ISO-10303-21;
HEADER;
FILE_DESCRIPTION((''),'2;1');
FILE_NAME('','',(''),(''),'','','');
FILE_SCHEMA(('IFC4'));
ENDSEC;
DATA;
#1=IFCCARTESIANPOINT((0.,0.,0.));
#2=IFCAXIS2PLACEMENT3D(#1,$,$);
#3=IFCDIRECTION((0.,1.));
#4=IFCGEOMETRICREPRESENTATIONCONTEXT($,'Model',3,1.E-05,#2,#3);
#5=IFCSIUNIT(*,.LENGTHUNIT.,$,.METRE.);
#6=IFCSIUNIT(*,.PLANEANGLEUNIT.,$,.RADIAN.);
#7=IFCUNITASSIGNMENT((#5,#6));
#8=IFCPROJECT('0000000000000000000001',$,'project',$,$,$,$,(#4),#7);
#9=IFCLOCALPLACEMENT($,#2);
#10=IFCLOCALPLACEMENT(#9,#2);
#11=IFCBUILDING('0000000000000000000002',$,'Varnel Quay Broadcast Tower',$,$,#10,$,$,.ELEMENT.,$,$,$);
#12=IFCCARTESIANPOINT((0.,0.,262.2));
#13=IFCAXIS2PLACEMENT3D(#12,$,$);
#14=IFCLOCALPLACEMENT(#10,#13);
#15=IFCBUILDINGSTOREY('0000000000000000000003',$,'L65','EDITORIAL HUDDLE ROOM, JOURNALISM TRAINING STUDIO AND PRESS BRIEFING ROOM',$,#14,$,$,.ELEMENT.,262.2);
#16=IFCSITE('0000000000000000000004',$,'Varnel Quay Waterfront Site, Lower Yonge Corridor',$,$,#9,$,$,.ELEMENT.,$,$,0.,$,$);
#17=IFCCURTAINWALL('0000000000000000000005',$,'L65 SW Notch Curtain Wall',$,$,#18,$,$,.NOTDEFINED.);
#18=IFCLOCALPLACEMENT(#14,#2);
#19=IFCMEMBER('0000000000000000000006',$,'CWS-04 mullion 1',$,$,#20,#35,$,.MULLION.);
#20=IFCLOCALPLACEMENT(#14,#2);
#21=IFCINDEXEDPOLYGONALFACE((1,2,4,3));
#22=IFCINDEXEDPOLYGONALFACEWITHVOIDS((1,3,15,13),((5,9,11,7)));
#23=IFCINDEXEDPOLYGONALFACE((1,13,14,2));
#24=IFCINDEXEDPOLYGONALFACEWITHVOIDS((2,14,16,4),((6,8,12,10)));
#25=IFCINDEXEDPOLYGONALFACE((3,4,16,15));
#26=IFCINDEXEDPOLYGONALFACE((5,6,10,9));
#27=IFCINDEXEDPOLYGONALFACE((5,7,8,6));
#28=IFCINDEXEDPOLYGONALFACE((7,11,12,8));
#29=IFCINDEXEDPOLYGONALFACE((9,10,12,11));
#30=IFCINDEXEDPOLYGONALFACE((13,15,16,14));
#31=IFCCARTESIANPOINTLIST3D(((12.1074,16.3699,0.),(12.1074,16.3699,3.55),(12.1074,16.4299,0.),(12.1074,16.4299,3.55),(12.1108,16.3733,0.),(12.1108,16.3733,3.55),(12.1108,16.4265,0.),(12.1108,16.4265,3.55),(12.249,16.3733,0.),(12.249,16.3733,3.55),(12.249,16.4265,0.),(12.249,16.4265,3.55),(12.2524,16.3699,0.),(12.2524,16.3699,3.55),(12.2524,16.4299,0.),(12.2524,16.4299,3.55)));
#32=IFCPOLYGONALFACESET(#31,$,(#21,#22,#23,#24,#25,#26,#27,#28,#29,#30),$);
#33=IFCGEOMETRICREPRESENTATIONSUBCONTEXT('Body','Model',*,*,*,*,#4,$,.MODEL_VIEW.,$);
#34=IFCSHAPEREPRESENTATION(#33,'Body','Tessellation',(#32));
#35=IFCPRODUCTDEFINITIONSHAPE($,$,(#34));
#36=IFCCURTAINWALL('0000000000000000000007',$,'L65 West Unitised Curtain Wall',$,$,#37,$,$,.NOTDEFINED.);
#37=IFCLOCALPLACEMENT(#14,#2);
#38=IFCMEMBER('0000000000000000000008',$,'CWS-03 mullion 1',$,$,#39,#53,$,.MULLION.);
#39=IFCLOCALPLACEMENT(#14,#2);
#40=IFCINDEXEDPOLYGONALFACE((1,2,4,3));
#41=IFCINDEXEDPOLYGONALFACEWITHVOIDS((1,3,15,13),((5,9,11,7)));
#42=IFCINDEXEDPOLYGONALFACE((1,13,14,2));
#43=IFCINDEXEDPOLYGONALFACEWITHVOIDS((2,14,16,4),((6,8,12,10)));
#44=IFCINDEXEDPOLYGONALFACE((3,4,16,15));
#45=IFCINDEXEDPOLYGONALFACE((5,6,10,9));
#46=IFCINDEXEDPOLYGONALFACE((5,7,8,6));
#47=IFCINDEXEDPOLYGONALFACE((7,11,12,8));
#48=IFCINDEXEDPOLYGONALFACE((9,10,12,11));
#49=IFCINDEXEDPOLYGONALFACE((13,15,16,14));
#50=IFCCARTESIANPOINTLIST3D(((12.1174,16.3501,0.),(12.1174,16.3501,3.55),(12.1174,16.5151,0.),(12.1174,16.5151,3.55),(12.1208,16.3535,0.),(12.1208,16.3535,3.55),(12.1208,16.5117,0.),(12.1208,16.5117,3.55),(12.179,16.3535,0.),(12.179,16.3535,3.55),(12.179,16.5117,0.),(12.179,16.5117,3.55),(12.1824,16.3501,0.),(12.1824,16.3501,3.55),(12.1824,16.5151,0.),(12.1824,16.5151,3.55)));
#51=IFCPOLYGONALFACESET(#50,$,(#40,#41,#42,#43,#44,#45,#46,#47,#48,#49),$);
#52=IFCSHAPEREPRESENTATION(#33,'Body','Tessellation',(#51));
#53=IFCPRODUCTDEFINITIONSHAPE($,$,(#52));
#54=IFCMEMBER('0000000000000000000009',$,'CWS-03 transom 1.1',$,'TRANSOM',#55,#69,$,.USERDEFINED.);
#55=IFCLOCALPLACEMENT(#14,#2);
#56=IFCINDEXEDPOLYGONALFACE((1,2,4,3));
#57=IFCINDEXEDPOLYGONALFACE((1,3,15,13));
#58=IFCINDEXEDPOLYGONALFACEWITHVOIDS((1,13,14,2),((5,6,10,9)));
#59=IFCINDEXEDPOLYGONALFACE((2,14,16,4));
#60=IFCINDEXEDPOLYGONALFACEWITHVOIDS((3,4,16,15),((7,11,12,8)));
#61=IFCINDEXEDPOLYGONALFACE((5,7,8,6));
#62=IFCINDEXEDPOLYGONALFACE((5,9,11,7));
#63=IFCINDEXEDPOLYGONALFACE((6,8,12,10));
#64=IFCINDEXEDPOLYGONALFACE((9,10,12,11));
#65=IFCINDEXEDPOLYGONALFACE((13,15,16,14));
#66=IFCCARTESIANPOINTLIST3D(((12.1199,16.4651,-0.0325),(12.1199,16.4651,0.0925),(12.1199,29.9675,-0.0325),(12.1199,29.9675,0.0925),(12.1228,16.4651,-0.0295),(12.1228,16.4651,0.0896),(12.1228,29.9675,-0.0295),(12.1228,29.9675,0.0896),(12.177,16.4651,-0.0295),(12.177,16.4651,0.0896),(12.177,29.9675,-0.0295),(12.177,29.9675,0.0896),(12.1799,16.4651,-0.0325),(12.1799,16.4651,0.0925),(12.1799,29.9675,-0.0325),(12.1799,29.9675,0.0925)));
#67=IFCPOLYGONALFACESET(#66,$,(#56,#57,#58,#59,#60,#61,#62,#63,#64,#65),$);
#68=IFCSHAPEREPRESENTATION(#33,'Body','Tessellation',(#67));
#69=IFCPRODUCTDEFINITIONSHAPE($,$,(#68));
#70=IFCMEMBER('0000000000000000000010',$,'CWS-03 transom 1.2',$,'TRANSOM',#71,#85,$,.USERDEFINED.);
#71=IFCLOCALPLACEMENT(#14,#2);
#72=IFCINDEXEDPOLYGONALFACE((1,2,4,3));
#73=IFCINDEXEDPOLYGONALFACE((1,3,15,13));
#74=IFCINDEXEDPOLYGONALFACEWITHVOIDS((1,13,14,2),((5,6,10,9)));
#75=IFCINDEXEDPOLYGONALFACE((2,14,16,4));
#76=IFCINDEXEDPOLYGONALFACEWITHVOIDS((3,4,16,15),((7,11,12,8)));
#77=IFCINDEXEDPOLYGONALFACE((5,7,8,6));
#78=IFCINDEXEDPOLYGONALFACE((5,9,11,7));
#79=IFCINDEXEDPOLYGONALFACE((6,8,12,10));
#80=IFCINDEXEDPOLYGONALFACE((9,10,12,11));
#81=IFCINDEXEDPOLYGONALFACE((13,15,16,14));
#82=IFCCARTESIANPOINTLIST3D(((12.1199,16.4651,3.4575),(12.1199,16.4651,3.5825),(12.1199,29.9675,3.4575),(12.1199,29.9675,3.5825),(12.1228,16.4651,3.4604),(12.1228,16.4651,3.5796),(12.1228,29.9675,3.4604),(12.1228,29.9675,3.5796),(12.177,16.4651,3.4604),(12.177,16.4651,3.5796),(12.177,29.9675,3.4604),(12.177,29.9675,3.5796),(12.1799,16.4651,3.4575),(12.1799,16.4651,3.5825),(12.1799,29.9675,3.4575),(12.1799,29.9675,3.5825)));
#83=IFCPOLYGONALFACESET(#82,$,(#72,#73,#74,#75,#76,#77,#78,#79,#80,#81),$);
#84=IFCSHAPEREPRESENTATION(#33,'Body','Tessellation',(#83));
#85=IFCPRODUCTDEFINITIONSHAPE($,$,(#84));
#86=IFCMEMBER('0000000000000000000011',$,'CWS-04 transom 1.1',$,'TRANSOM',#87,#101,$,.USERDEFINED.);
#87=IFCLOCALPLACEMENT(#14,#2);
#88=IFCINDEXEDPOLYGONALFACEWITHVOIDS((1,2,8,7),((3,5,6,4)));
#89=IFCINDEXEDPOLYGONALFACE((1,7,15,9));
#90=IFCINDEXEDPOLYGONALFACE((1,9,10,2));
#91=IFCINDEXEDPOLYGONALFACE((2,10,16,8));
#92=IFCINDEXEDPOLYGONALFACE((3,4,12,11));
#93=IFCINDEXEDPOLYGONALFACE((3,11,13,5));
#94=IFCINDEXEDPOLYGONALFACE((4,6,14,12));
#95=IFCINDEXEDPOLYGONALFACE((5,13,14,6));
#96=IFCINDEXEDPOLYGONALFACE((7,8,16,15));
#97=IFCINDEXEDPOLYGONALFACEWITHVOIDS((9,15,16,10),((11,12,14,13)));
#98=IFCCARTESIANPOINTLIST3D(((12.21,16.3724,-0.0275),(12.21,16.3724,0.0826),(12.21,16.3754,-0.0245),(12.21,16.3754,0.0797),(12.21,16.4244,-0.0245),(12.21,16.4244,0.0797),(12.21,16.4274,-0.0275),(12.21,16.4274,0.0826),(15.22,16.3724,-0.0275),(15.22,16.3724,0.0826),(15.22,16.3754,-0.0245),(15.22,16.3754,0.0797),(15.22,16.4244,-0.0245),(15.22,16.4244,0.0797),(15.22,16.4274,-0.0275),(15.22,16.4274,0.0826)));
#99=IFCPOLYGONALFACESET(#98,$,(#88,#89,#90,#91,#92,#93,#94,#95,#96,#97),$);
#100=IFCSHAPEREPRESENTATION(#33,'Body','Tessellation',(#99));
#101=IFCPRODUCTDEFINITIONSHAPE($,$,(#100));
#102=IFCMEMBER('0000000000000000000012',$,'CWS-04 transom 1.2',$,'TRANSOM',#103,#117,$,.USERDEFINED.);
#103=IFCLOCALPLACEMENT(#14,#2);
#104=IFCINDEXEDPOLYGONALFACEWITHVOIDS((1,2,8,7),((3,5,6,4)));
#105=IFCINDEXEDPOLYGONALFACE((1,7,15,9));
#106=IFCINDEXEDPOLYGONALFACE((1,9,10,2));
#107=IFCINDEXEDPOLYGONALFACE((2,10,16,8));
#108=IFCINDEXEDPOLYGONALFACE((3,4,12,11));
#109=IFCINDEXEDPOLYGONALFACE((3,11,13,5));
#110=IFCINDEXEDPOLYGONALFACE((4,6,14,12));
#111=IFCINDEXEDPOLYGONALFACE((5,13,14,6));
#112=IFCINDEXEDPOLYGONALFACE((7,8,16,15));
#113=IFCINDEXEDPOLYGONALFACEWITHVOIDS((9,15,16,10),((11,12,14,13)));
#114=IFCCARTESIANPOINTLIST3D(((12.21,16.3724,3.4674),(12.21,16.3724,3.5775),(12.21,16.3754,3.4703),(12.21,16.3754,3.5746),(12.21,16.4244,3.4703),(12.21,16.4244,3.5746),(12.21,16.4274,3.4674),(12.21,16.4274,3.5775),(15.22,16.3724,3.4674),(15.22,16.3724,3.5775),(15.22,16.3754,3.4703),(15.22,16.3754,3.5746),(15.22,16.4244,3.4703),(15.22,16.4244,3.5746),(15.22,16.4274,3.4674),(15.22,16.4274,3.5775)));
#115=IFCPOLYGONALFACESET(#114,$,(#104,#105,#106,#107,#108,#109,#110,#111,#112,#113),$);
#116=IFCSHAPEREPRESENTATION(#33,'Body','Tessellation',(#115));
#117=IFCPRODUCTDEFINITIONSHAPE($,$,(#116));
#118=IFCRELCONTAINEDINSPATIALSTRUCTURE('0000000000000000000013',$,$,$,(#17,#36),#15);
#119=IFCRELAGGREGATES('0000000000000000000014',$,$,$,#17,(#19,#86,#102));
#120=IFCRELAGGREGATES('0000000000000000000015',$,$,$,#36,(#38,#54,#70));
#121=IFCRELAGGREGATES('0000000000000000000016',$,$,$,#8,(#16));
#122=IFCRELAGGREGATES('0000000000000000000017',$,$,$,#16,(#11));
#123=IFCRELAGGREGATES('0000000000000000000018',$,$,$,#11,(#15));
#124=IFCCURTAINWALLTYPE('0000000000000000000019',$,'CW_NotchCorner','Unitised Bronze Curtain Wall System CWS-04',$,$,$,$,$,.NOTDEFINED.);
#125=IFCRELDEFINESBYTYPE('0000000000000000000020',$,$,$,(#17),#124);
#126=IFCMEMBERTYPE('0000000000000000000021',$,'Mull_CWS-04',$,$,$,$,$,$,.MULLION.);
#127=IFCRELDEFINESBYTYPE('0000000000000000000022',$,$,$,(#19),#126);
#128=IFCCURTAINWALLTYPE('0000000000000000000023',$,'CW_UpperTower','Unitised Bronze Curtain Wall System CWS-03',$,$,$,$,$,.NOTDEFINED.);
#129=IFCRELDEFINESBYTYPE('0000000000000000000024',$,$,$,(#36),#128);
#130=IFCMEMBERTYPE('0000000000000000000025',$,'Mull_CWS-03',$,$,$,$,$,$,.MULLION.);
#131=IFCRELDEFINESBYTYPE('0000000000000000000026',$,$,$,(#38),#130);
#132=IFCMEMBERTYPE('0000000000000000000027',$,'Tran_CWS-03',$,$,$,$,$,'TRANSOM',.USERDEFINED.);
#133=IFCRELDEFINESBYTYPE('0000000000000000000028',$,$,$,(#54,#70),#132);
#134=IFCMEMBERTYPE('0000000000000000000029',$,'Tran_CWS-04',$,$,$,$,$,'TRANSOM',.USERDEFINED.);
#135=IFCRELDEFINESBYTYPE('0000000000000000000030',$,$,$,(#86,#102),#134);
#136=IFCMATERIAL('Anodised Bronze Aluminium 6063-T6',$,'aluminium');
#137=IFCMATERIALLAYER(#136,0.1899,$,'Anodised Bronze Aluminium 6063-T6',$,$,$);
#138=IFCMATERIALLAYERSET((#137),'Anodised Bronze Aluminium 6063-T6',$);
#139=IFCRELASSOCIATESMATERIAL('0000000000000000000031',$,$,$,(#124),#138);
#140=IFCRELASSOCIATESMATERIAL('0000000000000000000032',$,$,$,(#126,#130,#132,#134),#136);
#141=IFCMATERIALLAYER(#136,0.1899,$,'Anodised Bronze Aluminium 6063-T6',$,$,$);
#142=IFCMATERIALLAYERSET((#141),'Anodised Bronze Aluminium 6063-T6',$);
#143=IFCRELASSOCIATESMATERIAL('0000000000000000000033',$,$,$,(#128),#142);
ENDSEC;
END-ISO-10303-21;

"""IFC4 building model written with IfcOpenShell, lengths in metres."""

from ifc_helpers import new_model, si_unit, direction, frame, origin, origin_2d, place, context, subcontext, project, spatial, hollow_rectangle, extrude, source, transform, mapped, material, layer, layer_set, material_profile, profile_set, type_object, type_shapes, element, aggregate, save


model = new_model("IFC4")

# Units and contexts
model_context = context("Model", 3, precision=1e-05, world=origin(), true_north=direction((0.0, 1.0)))
body_context = subcontext(model_context, "Body", "Model", "MODEL_VIEW")
ifc_project = project(units=[si_unit("LENGTHUNIT", "METRE"), si_unit("PLANEANGLEUNIT", "RADIAN")], contexts=[model_context])

# Site, building, storey
site_placement = place(None, origin())
site = spatial("IfcSite", under=ifc_project, at=site_placement, Name="Varnel Quay Waterfront Site, Lower Yonge Corridor", CompositionType="ELEMENT", RefElevation=0.0)
building_placement = place(site_placement, origin())
building = spatial("IfcBuilding", under=site, at=building_placement, Name="Varnel Quay Broadcast Tower", CompositionType="ELEMENT")
storey_placement = place(building_placement, frame((0.0, 0.0, 262.2)))
storey = spatial("IfcBuildingStorey", under=building, at=storey_placement, Name="L65", Description="EDITORIAL HUDDLE ROOM, JOURNALISM TRAINING STUDIO AND PRESS BRIEFING ROOM", CompositionType="ELEMENT", Elevation=262.2)

# Curtain wall, member
ifc_material_1 = material(Name="Anodised Bronze Aluminium 6063-T6", Category="aluminium")
ifc_layer_1 = layer(ifc_material_1, 0.1899, Name="Anodised Bronze Aluminium 6063-T6")
ifc_layer_set_1 = layer_set([ifc_layer_1], Name="Anodised Bronze Aluminium 6063-T6")
curtain_wall_type_1 = type_object("IfcCurtainWallType", Name="CW_NotchCorner", Description="Unitised Bronze Curtain Wall System CWS-04", PredefinedType="NOTDEFINED", material=ifc_layer_set_1)
curtain_wall_1_placement = place(storey_placement, origin())
curtain_wall_1 = element("IfcCurtainWall", 1, at=curtain_wall_1_placement, inside=storey, type_object=curtain_wall_type_1, Name="L65 SW Notch Curtain Wall", PredefinedType="NOTDEFINED")
ifc_material_profile_1 = material_profile(ifc_material_1, hollow_rectangle(XDim=0.0601, YDim=0.145, WallThickness=0.0034, at=origin_2d()), Name="ALU60X145X3.5")
ifc_profile_set_1 = profile_set([ifc_material_profile_1], Name="Anodised Bronze Aluminium 6063-T6")
member_type_1 = type_object("IfcMemberType", Name="Mull_CWS-04", PredefinedType="MULLION", material=ifc_profile_set_1)
shared_shape_1 = source(origin(), body_context, "Body", "SweptSolid", [
    extrude(hollow_rectangle(XDim=0.0601, YDim=0.145, WallThickness=0.0034, at=origin_2d()), origin(), (0.0, 0.0, 1.0), 3.55),
])
type_shapes(member_type_1, [shared_shape_1])
member_1_placement = place(storey_placement, frame((12.1799, 16.3999, 0.0), z_axis=(0.0, 0.0, 1.0), x_axis=(0.0, 1.0, 0.0)))
member_1 = element("IfcMember", 2, at=member_1_placement, type_object=member_type_1, Name="CWS-04 mullion 1", PredefinedType="MULLION", context=body_context, shape_type="MappedRepresentation", body=[
    mapped(shared_shape_1, transform((0.0, 0.0, 0.0), x_axis=(1.0, 0.0, 0.0), y_axis=(0.0, 1.0, 0.0), z_axis=(0.0, 0.0, 1.0), scale=1.0)),
])

# Curtain wall, members
ifc_layer_2 = layer(ifc_material_1, 0.1899, Name="Anodised Bronze Aluminium 6063-T6")
ifc_layer_set_2 = layer_set([ifc_layer_2], Name="Anodised Bronze Aluminium 6063-T6")
curtain_wall_type_2 = type_object("IfcCurtainWallType", Name="CW_UpperTower", Description="Unitised Bronze Curtain Wall System CWS-03", PredefinedType="NOTDEFINED", material=ifc_layer_set_2)
curtain_wall_2_placement = place(storey_placement, origin())
curtain_wall_2 = element("IfcCurtainWall", 3, at=curtain_wall_2_placement, inside=storey, type_object=curtain_wall_type_2, Name="L65 West Unitised Curtain Wall", PredefinedType="NOTDEFINED")
ifc_material_profile_2 = material_profile(ifc_material_1, hollow_rectangle(XDim=0.0649, YDim=0.165, WallThickness=0.0034, at=origin_2d()), Name="ALU65X165X3.5")
ifc_profile_set_2 = profile_set([ifc_material_profile_2], Name="Anodised Bronze Aluminium 6063-T6")
member_type_2 = type_object("IfcMemberType", Name="Mull_CWS-03", PredefinedType="MULLION", material=ifc_profile_set_2)
shared_shape_2 = source(origin(), body_context, "Body", "SweptSolid", [
    extrude(hollow_rectangle(XDim=0.0649, YDim=0.165, WallThickness=0.0034, at=origin_2d()), origin(), (0.0, 0.0, 1.0), 3.55),
])
type_shapes(member_type_2, [shared_shape_2])
member_2_placement = place(storey_placement, frame((12.1499, 16.4326, 0.0), z_axis=(0.0, 0.0, 1.0), x_axis=(-1.0, 0.0, 0.0)))
member_2 = element("IfcMember", 4, at=member_2_placement, type_object=member_type_2, Name="CWS-03 mullion 1", PredefinedType="MULLION", context=body_context, shape_type="MappedRepresentation", body=[
    mapped(shared_shape_2, transform((0.0, 0.0, 0.0), x_axis=(1.0, 0.0, 0.0), y_axis=(0.0, 1.0, 0.0), z_axis=(0.0, 0.0, 1.0), scale=1.0)),
])
ifc_material_profile_3 = material_profile(ifc_material_1, hollow_rectangle(XDim=0.0601, YDim=0.125, WallThickness=0.0029, at=origin_2d()), Name="ALU60X125X3")
ifc_profile_set_3 = profile_set([ifc_material_profile_3], Name="Anodised Bronze Aluminium 6063-T6")
member_type_3 = type_object("IfcMemberType", Name="Tran_CWS-03", ElementType="TRANSOM", PredefinedType="USERDEFINED", material=ifc_profile_set_3)
shared_shape_3 = source(origin(), body_context, "Body", "SweptSolid", [
    extrude(hollow_rectangle(XDim=0.0601, YDim=0.125, WallThickness=0.0029, at=origin_2d()), origin(), (0.0, 0.0, 1.0), 13.5024),
])
type_shapes(member_type_3, [shared_shape_3])
member_3_placement = place(storey_placement, frame((12.1499, 16.4651, 0.03), z_axis=(0.0, 1.0, 0.0), x_axis=(-1.0, 0.0, 0.0)))
member_3 = element("IfcMember", 5, at=member_3_placement, type_object=member_type_3, Name="CWS-03 transom 1.1", ObjectType="TRANSOM", PredefinedType="USERDEFINED", context=body_context, shape_type="MappedRepresentation", body=[
    mapped(shared_shape_3, transform((0.0, 0.0, 0.0), x_axis=(1.0, 0.0, 0.0), y_axis=(0.0, 1.0, 0.0), z_axis=(0.0, 0.0, 1.0), scale=1.0)),
])
member_4_placement = place(storey_placement, frame((12.1499, 16.4651, 3.52), z_axis=(0.0, 1.0, 0.0), x_axis=(-1.0, 0.0, 0.0)))
member_4 = element("IfcMember", 6, at=member_4_placement, type_object=member_type_3, Name="CWS-03 transom 1.2", ObjectType="TRANSOM", PredefinedType="USERDEFINED", context=body_context, shape_type="MappedRepresentation", body=[
    mapped(shared_shape_3, transform((0.0, 0.0, 0.0), x_axis=(1.0, 0.0, 0.0), y_axis=(0.0, 1.0, 0.0), z_axis=(0.0, 0.0, 1.0), scale=1.0)),
])

# Members
ifc_material_profile_4 = material_profile(ifc_material_1, hollow_rectangle(XDim=0.0549, YDim=0.1101, WallThickness=0.0029, at=origin_2d()), Name="ALU55X110X3")
ifc_profile_set_4 = profile_set([ifc_material_profile_4], Name="Anodised Bronze Aluminium 6063-T6")
member_type_4 = type_object("IfcMemberType", Name="Tran_CWS-04", ElementType="TRANSOM", PredefinedType="USERDEFINED", material=ifc_profile_set_4)
shared_shape_4 = source(origin(), body_context, "Body", "SweptSolid", [
    extrude(hollow_rectangle(XDim=0.0549, YDim=0.1101, WallThickness=0.0029, at=origin_2d()), origin(), (0.0, 0.0, 1.0), 3.01),
])
type_shapes(member_type_4, [shared_shape_4])
member_5_placement = place(storey_placement, frame((12.21, 16.3999, 0.0276), z_axis=(1.0, 0.0, 0.0), x_axis=(0.0, 1.0, 0.0)))
member_5 = element("IfcMember", 7, at=member_5_placement, type_object=member_type_4, Name="CWS-04 transom 1.1", ObjectType="TRANSOM", PredefinedType="USERDEFINED", context=body_context, shape_type="MappedRepresentation", body=[
    mapped(shared_shape_4, transform((0.0, 0.0, 0.0), x_axis=(1.0, 0.0, 0.0), y_axis=(0.0, 1.0, 0.0), z_axis=(0.0, 0.0, 1.0), scale=1.0)),
])
member_6_placement = place(storey_placement, frame((12.21, 16.3999, 3.5225), z_axis=(1.0, 0.0, 0.0), x_axis=(0.0, 1.0, 0.0)))
member_6 = element("IfcMember", 8, at=member_6_placement, type_object=member_type_4, Name="CWS-04 transom 1.2", ObjectType="TRANSOM", PredefinedType="USERDEFINED", context=body_context, shape_type="MappedRepresentation", body=[
    mapped(shared_shape_4, transform((0.0, 0.0, 0.0), x_axis=(1.0, 0.0, 0.0), y_axis=(0.0, 1.0, 0.0), z_axis=(0.0, 0.0, 1.0), scale=1.0)),
])
aggregate(curtain_wall_1, [member_1, member_5, member_6])

aggregate(curtain_wall_2, [member_2, member_3, member_4])

save(model, "model.ifc")
